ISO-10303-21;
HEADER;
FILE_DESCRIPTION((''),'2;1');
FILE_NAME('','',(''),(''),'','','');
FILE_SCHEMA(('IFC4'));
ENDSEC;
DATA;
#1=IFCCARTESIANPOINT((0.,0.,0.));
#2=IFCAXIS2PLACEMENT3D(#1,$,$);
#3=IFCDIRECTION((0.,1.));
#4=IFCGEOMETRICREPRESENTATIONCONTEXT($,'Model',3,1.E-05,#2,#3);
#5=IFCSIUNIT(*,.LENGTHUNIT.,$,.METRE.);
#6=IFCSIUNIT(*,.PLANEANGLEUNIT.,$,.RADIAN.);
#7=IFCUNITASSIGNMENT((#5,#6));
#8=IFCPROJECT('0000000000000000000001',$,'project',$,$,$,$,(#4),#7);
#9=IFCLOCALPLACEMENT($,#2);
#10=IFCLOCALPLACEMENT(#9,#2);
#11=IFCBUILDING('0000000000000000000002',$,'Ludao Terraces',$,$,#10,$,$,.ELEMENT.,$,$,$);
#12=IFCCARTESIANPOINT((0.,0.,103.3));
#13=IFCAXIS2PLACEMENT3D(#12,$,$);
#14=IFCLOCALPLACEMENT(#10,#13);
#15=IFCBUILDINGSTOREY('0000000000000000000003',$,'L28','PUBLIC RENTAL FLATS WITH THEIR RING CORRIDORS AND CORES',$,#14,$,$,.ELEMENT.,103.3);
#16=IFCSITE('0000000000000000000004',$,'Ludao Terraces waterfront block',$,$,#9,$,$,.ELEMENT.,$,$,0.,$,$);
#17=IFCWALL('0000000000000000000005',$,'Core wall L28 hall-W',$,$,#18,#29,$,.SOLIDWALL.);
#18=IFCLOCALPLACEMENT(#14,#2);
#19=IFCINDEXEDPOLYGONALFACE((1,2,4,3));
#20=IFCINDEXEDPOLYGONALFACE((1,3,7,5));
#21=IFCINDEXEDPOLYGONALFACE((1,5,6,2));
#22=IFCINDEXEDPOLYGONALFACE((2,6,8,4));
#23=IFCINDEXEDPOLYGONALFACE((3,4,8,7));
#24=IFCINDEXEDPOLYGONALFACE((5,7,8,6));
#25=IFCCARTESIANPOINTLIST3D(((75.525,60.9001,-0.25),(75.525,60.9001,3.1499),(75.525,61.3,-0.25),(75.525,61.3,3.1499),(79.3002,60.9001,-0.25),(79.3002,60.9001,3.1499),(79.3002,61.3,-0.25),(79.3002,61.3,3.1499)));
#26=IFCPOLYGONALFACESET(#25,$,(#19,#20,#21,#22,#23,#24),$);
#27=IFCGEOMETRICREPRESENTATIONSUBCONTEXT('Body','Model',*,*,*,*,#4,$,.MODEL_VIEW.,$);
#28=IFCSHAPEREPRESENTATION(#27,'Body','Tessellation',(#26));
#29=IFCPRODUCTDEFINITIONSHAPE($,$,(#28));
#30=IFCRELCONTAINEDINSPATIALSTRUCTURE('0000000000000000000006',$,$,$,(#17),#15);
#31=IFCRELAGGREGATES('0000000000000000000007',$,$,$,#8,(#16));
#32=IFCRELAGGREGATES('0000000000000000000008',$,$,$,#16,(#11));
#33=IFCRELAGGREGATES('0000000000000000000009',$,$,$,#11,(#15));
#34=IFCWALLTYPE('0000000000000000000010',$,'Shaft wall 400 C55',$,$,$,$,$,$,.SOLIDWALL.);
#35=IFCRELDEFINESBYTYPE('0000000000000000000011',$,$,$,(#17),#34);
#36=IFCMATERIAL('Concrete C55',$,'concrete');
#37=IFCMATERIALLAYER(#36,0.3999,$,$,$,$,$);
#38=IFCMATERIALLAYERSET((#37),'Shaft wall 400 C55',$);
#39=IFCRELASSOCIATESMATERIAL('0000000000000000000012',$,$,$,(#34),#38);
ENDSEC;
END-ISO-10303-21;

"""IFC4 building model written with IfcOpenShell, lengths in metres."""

from ifc_helpers import new_model, si_unit, direction, frame, frame_2d, origin, place, context, subcontext, project, spatial, rectangle, extrude, material, layer, layer_set, type_object, element, save


model = new_model("IFC4")

# Units and contexts
model_context = context("Model", 3, precision=1e-05, world=origin(), true_north=direction((0.0, 1.0)))
body_context = subcontext(model_context, "Body", "Model", "MODEL_VIEW")
ifc_project = project(units=[si_unit("LENGTHUNIT", "METRE"), si_unit("PLANEANGLEUNIT", "RADIAN")], contexts=[model_context])

# Site, building, storey
site_placement = place(None, origin())
site = spatial("IfcSite", under=ifc_project, at=site_placement, Name="Ludao Terraces waterfront block", CompositionType="ELEMENT", RefElevation=0.0)
building_placement = place(site_placement, origin())
building = spatial("IfcBuilding", under=site, at=building_placement, Name="Ludao Terraces", CompositionType="ELEMENT")
storey_placement = place(building_placement, frame((0.0, 0.0, 103.3)))
storey = spatial("IfcBuildingStorey", under=building, at=storey_placement, Name="L28", Description="PUBLIC RENTAL FLATS WITH THEIR RING CORRIDORS AND CORES", CompositionType="ELEMENT", Elevation=103.3)

# Shared definitions
ifc_material_1 = material(Name="Concrete C55", Category="concrete")

# Wall
ifc_layer_1 = layer(ifc_material_1, 0.3999)
ifc_layer_set_1 = layer_set([ifc_layer_1], Name="Shaft wall 400 C55")
wall_type_1 = type_object("IfcWallType", Name="Shaft wall 400 C55", PredefinedType="SOLIDWALL", material=ifc_layer_set_1)
wall_1_placement = place(storey_placement, frame((75.5249, 61.1001, -0.25), z_axis=(0.0, 0.0, 1.0), x_axis=(1.0, 0.0, 0.0)))
element("IfcWall", 1, at=wall_1_placement, inside=storey, type_object=wall_type_1, Name="Core wall L28 hall-W", PredefinedType="SOLIDWALL", context=body_context, shape_type="SweptSolid", body=[
    extrude(rectangle(XDim=3.7751, YDim=0.3999, at=frame_2d((1.8877, 0.0))), origin(), (0.0, 0.0, 1.0), 3.3999),
])

save(model, "model.ifc")
